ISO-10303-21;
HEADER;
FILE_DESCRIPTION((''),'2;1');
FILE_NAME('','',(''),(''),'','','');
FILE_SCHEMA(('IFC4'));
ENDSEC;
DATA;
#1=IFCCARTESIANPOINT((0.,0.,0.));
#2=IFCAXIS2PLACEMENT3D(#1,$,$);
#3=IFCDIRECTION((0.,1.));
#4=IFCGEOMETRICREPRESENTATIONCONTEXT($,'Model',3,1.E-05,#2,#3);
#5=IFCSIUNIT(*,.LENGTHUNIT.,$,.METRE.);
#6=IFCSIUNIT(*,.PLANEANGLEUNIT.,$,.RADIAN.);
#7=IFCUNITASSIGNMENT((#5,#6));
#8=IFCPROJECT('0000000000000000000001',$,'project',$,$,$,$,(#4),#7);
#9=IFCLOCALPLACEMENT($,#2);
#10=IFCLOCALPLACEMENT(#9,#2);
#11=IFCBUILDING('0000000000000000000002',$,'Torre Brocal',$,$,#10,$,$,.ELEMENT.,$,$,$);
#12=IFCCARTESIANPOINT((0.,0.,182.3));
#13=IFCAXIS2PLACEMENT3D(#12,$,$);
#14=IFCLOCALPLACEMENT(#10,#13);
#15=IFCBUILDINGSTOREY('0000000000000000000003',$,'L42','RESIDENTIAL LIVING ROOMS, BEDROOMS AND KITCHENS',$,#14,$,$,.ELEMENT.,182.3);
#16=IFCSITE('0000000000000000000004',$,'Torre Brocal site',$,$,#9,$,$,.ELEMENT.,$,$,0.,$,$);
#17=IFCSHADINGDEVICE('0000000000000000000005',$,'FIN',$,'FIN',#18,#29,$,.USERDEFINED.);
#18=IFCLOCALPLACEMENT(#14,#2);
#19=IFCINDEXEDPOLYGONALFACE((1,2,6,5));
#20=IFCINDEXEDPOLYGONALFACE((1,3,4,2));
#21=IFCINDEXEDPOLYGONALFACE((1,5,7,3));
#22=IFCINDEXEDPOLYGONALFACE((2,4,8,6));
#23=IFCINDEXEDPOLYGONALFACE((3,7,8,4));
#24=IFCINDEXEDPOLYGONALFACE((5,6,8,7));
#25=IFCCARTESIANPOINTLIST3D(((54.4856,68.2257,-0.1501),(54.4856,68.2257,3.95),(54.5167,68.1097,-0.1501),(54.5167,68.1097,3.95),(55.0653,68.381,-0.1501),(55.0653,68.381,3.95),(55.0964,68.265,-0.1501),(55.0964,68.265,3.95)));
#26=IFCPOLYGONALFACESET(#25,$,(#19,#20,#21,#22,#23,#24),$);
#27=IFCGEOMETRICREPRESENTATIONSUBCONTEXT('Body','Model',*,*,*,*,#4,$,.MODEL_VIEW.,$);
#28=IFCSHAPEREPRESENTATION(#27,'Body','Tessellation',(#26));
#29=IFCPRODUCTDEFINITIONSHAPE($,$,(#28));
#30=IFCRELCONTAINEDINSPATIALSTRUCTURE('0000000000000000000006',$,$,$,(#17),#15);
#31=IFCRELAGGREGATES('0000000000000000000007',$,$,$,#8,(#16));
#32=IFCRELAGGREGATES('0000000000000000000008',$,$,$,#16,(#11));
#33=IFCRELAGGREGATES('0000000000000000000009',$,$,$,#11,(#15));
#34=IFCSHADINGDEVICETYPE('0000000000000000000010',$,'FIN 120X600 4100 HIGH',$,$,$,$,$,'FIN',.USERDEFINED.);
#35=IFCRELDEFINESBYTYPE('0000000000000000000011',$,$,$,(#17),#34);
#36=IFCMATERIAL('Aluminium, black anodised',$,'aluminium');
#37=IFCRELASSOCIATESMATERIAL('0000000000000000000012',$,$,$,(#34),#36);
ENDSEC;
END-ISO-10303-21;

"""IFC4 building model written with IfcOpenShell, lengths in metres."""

from ifc_helpers import new_model, si_unit, direction, frame, origin, origin_2d, place, context, subcontext, project, spatial, rectangle, extrude, material, material_profile, profile_set, type_object, element, save


model = new_model("IFC4")

# Units and contexts
model_context = context("Model", 3, precision=1e-05, world=origin(), true_north=direction((0.0, 1.0)))
body_context = subcontext(model_context, "Body", "Model", "MODEL_VIEW")
ifc_project = project(units=[si_unit("LENGTHUNIT", "METRE"), si_unit("PLANEANGLEUNIT", "RADIAN")], contexts=[model_context])

# Site, building, storey
site_placement = place(None, origin())
site = spatial("IfcSite", under=ifc_project, at=site_placement, Name="Torre Brocal site", CompositionType="ELEMENT", RefElevation=0.0)
building_placement = place(site_placement, origin())
building = spatial("IfcBuilding", under=site, at=building_placement, Name="Torre Brocal", CompositionType="ELEMENT")
storey_placement = place(building_placement, frame((0.0, 0.0, 182.3)))
storey = spatial("IfcBuildingStorey", under=building, at=storey_placement, Name="L42", Description="RESIDENTIAL LIVING ROOMS, BEDROOMS AND KITCHENS", CompositionType="ELEMENT", Elevation=182.3)

# Shading device
ifc_material_1 = material(Name="Aluminium, black anodised", Category="aluminium")
ifc_material_profile_1 = material_profile(ifc_material_1, rectangle(XDim=0.1201, YDim=0.6001, at=origin_2d()), Name="FIN 120X600 4100 HIGH")
ifc_profile_set_1 = profile_set([ifc_material_profile_1], Name="Aluminium, black anodised")
shading_device_type = type_object("IfcShadingDeviceType", Name="FIN 120X600 4100 HIGH", ElementType="FIN", PredefinedType="USERDEFINED", material=ifc_profile_set_1)
shading_device_placement = place(storey_placement, frame((54.791, 68.2454, -0.1501), z_axis=(0.0, 0.0, 1.0), x_axis=(0.258819, -0.965926, 0.0)))
element("IfcShadingDevice", 1, at=shading_device_placement, inside=storey, type_object=shading_device_type, Name="FIN", ObjectType="FIN", PredefinedType="USERDEFINED", context=body_context, shape_type="SweptSolid", body=[
    extrude(rectangle(XDim=0.1201, YDim=0.6001, at=origin_2d()), origin(), (0.0, 0.0, 1.0), 4.1001),
])

save(model, "model.ifc")
